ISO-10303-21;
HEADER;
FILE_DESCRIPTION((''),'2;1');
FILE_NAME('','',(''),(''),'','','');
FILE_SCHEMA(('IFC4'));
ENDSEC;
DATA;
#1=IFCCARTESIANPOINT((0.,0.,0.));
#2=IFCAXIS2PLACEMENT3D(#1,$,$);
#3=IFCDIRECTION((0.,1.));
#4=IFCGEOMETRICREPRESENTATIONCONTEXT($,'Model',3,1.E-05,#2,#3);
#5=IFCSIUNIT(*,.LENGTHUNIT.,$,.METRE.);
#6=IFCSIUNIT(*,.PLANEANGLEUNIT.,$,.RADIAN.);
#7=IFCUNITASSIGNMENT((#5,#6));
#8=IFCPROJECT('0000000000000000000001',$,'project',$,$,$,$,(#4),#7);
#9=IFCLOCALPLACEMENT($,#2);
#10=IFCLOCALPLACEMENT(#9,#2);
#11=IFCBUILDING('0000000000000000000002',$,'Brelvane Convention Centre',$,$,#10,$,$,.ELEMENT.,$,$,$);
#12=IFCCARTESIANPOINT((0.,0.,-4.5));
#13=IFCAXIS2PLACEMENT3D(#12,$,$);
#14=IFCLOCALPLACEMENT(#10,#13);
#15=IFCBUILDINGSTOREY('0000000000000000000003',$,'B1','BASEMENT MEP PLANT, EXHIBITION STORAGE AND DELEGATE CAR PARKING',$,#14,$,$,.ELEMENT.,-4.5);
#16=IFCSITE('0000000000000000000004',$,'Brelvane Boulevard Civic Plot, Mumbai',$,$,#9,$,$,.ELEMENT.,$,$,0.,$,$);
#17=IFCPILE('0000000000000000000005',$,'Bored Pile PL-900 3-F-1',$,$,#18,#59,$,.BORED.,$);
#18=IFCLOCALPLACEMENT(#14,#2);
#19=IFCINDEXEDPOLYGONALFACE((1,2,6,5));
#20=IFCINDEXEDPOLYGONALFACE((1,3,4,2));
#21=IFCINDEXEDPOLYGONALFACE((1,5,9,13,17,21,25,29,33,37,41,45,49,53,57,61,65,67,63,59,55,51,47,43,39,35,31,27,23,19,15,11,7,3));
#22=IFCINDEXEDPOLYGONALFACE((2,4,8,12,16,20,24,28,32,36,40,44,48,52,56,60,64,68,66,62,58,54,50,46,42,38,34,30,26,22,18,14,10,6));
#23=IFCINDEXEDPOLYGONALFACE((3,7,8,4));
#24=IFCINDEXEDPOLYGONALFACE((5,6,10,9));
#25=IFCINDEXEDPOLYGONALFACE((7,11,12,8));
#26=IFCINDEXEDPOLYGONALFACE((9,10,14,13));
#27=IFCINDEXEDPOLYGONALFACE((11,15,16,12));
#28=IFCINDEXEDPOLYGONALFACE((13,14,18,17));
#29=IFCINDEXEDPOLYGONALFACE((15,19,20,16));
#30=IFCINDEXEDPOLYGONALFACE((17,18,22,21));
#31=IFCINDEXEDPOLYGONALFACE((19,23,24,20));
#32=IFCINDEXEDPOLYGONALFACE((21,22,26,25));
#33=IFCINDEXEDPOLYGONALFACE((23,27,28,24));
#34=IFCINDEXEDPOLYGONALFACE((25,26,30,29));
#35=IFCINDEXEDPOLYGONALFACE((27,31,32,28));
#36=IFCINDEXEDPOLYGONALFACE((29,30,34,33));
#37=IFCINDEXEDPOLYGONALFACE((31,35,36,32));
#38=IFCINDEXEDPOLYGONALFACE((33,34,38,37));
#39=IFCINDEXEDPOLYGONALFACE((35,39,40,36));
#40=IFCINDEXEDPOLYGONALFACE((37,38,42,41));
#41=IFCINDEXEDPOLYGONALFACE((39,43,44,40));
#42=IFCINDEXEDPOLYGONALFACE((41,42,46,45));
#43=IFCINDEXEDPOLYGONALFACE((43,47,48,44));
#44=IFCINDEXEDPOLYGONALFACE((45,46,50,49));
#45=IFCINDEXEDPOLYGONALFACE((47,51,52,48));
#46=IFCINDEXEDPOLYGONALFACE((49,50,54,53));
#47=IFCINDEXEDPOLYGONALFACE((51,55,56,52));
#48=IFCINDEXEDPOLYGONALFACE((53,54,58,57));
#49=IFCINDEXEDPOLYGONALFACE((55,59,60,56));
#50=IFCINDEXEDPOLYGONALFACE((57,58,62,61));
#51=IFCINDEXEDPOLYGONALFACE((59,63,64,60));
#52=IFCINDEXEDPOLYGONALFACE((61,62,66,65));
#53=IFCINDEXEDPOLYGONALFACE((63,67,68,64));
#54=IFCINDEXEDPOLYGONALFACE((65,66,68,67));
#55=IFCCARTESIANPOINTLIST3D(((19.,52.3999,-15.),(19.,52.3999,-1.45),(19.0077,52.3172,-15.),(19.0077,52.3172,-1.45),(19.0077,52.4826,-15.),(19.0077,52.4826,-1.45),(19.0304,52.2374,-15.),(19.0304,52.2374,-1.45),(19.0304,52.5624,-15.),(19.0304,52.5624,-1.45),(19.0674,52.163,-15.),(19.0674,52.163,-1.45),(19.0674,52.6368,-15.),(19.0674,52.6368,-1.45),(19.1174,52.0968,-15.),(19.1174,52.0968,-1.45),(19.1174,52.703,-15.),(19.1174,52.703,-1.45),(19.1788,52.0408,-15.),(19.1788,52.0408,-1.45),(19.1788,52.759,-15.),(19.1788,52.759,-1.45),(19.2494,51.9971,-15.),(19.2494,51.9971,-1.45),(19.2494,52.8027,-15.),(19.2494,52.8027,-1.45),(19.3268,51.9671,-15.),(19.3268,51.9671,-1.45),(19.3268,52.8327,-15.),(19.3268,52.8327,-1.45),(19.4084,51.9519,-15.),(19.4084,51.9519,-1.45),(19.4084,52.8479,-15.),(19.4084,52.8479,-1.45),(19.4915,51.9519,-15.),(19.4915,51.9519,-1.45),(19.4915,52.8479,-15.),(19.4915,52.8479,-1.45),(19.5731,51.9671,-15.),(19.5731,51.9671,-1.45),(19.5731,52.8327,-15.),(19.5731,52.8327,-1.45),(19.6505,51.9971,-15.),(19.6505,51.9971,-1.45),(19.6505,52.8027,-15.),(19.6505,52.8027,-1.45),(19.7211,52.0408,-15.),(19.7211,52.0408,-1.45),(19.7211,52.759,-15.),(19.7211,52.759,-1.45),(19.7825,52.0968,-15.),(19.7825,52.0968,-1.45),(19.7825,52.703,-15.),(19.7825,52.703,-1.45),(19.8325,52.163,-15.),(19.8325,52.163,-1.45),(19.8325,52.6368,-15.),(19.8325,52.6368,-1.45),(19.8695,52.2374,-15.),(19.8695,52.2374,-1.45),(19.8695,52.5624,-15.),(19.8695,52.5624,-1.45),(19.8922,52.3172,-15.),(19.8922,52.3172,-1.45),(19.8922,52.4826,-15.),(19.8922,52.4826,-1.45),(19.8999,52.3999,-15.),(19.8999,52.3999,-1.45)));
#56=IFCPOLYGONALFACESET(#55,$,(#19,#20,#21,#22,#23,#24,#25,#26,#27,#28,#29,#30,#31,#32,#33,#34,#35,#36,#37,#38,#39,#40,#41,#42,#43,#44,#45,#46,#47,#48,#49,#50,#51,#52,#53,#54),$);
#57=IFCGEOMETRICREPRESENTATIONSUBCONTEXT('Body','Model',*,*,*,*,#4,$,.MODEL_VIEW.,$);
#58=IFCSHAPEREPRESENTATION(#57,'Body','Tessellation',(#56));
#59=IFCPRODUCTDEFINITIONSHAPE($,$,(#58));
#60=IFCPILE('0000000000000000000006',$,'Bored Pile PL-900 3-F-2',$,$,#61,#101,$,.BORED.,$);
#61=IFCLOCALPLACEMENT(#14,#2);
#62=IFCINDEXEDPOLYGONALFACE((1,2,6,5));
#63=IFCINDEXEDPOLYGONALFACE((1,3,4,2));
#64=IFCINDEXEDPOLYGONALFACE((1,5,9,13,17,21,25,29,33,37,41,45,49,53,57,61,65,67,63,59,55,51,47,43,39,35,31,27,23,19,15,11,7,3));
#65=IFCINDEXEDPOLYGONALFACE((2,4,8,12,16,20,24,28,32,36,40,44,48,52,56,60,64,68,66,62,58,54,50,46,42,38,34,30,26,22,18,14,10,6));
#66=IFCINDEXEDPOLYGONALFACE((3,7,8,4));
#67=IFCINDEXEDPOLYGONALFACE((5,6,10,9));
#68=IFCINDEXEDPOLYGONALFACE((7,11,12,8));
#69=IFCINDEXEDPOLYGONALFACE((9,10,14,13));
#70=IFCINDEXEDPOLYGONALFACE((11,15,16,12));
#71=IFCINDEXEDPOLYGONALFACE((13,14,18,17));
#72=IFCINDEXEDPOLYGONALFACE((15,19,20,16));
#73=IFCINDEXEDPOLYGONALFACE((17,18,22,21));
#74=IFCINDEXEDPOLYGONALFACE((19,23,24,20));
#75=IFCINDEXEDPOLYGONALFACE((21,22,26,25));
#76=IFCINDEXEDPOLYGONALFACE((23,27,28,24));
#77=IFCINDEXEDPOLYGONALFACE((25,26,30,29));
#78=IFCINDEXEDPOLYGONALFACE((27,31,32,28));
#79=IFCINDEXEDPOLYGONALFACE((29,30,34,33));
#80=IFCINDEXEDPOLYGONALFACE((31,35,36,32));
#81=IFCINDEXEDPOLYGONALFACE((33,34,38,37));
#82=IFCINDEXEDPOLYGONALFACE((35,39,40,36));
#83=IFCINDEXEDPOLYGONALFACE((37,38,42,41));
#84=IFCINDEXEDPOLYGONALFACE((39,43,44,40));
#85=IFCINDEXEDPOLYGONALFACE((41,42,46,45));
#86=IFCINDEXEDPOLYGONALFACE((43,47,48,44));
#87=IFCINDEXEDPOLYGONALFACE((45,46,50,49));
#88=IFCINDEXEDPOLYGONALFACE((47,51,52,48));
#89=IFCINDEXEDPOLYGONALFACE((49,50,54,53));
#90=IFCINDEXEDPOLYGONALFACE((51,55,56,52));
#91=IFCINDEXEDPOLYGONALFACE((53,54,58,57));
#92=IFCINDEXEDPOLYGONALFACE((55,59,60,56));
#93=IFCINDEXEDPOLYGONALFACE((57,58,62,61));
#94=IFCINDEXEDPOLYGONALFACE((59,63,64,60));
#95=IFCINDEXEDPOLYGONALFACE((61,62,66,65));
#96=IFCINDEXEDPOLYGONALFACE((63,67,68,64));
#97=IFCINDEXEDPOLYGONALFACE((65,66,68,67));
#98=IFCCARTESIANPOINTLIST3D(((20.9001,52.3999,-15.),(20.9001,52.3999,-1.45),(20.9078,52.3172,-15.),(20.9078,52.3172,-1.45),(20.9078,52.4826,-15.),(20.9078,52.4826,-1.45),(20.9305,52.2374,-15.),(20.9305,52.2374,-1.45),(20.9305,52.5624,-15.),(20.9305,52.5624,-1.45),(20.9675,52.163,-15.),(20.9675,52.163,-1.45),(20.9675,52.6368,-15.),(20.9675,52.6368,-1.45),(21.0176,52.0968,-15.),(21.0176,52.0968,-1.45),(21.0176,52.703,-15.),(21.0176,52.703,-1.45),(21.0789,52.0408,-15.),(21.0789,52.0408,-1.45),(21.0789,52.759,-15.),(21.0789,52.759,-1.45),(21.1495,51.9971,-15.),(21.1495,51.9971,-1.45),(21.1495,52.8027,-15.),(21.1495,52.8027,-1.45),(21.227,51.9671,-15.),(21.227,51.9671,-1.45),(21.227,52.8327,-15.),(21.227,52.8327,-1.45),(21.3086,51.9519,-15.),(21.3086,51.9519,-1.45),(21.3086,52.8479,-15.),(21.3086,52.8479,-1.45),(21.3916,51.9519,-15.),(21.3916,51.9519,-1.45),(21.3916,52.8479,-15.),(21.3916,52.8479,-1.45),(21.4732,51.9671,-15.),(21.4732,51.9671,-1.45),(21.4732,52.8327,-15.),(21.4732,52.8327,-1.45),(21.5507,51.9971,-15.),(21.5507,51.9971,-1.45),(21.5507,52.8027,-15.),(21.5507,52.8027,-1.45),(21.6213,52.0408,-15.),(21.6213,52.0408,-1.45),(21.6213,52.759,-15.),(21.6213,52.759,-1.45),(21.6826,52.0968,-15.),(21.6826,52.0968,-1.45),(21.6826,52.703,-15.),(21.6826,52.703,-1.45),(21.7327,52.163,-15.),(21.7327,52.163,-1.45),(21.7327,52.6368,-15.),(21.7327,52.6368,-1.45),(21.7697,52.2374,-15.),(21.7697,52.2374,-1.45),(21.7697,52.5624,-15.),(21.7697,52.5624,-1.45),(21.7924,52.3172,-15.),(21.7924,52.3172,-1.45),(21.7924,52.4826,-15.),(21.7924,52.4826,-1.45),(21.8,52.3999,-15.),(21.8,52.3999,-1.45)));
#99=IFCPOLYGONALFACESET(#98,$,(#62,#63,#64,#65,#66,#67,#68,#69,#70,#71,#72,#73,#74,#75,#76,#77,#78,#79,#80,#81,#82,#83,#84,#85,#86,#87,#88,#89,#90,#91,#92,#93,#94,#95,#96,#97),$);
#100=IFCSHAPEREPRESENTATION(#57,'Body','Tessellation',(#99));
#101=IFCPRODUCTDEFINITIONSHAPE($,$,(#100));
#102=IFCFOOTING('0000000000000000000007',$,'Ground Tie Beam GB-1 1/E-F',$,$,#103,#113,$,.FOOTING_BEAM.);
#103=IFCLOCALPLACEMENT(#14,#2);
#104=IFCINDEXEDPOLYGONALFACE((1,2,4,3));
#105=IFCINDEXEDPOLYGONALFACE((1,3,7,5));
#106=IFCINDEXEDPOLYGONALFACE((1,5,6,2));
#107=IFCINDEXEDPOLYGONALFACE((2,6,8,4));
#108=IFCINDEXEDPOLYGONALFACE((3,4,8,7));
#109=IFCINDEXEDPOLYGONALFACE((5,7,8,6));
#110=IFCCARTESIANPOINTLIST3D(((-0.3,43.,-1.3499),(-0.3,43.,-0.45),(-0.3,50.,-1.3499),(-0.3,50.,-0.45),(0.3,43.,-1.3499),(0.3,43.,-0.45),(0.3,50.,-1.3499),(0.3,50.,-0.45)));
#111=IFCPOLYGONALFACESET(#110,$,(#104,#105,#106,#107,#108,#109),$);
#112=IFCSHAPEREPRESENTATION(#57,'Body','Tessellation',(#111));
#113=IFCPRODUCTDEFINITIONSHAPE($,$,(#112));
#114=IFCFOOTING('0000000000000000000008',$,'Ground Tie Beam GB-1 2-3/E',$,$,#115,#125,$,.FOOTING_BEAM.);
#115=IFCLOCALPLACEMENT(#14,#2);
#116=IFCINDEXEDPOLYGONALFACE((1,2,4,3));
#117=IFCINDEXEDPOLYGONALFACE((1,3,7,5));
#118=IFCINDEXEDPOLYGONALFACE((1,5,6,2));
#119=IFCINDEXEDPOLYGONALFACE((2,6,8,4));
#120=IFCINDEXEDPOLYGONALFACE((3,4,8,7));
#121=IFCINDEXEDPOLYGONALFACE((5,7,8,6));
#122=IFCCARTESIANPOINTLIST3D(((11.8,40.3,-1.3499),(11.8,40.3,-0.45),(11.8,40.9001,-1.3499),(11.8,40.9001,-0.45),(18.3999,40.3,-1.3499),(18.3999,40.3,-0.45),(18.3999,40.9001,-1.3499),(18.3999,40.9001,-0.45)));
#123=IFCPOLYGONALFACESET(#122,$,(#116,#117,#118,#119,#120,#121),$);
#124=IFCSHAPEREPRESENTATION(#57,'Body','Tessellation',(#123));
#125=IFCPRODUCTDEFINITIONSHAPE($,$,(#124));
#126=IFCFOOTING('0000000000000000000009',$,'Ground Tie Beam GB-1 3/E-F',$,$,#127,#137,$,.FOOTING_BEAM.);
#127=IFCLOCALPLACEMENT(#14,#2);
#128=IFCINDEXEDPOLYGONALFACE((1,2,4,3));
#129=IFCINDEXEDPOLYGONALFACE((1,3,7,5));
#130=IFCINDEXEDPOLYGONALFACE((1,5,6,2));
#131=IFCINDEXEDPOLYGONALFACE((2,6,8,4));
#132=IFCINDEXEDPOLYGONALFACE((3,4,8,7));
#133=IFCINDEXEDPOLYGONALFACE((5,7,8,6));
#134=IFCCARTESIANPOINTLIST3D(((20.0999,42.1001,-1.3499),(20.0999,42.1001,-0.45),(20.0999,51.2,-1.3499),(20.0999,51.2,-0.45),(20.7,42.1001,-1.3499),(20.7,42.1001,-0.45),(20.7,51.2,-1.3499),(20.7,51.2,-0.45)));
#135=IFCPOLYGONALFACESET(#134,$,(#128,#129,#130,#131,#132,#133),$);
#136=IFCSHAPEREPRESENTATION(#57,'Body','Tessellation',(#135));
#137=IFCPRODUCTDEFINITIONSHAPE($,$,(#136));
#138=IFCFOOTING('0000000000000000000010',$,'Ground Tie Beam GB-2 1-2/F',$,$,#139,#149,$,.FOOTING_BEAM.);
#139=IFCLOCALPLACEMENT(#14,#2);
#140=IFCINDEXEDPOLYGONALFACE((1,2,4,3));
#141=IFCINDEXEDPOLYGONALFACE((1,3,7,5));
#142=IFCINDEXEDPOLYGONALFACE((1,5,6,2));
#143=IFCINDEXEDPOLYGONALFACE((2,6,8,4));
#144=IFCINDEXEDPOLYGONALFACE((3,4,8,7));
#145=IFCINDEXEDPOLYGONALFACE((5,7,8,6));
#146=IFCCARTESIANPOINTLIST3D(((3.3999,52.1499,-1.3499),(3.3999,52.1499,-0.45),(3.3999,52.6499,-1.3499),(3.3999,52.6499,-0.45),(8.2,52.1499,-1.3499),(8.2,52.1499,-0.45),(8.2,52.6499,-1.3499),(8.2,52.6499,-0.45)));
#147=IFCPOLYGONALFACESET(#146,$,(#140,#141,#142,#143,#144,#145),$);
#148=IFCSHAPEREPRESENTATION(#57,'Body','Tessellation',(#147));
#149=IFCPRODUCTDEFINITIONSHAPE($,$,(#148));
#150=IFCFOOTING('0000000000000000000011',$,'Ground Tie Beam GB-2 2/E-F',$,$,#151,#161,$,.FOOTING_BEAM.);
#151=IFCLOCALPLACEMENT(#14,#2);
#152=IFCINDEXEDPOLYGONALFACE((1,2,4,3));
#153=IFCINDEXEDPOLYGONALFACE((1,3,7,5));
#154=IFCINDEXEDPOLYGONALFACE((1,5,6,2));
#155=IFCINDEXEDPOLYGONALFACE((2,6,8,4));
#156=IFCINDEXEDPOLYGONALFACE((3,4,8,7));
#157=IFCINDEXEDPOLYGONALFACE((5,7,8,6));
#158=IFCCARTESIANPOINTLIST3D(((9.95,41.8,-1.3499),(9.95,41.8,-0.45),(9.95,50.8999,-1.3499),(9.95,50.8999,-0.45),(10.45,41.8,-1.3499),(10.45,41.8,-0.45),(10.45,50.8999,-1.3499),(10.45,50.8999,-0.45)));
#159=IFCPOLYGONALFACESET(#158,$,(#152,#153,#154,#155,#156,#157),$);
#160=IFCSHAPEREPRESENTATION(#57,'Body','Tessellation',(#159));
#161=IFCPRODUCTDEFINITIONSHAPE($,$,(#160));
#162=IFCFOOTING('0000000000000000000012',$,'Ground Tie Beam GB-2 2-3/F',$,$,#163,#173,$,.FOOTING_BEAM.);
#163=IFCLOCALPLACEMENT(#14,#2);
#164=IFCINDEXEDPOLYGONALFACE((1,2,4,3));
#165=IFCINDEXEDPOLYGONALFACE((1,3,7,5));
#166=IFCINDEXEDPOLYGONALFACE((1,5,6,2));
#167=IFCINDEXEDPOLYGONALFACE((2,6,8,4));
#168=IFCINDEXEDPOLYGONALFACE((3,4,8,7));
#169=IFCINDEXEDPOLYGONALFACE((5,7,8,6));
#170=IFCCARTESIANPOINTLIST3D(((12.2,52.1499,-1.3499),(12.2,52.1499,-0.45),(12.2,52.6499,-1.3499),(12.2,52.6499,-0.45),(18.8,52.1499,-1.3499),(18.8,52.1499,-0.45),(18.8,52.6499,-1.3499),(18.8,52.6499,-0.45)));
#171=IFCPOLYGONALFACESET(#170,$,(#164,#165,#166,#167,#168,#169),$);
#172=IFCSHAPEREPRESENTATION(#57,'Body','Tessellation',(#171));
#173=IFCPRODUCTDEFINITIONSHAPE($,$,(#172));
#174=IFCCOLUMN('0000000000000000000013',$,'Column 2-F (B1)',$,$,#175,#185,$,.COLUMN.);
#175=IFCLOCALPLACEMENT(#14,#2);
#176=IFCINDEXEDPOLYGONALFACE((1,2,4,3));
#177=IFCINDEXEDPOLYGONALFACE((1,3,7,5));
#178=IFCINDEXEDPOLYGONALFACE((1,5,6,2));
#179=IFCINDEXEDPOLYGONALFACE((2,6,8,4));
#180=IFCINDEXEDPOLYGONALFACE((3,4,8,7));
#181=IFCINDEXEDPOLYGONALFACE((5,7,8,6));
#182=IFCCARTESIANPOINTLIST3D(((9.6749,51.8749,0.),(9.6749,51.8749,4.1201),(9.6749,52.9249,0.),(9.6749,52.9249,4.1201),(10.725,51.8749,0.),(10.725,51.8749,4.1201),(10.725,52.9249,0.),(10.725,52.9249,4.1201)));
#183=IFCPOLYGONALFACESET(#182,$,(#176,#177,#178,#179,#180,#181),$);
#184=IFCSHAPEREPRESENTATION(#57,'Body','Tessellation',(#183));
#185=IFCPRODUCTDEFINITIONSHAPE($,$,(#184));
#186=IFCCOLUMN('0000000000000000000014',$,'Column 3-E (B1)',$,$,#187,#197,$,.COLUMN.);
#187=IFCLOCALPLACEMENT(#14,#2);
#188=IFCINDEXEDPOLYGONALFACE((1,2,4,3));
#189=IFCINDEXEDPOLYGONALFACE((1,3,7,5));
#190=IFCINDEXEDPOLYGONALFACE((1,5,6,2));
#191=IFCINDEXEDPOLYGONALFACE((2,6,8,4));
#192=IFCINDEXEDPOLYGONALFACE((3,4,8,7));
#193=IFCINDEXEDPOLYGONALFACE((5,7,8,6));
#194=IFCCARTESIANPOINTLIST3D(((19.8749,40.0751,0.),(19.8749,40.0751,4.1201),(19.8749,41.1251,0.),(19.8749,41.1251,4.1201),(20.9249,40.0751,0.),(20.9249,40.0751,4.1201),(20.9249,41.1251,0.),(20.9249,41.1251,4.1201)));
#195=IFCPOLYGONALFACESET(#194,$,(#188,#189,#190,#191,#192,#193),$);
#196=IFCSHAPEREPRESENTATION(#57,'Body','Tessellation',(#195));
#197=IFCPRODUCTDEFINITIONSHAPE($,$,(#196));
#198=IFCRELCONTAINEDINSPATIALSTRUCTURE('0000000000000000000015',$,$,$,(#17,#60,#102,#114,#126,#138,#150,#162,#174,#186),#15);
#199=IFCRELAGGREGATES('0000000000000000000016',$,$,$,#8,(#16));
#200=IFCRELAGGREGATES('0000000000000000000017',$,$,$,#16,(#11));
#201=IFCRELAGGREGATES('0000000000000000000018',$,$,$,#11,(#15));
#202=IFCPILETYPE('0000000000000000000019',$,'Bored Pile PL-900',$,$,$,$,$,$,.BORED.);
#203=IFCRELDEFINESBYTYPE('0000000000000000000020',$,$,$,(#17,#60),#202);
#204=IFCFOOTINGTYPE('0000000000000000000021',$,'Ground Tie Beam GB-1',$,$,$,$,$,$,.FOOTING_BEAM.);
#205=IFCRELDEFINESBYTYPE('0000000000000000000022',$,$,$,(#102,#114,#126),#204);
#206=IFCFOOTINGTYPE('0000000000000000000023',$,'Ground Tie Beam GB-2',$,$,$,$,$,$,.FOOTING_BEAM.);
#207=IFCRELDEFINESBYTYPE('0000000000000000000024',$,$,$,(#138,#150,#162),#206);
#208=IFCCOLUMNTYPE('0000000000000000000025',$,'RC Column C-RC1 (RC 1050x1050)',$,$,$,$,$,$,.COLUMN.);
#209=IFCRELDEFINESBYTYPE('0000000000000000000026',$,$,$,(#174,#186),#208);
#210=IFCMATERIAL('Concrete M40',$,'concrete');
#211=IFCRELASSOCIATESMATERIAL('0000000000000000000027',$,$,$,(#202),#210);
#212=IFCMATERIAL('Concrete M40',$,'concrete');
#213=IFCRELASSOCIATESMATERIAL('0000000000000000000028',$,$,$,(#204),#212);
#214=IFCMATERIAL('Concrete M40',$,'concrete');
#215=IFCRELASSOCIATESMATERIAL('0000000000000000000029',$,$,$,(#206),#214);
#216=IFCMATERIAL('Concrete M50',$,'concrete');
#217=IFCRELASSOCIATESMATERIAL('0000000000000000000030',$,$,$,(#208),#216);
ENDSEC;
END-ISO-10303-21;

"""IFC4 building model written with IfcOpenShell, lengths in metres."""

from ifc_helpers import new_model, si_unit, direction, frame, origin, origin_2d, place, context, subcontext, project, spatial, rectangle, circle, extrude, material, material_profile, profile_set, type_object, element, save


model = new_model("IFC4")

# Units and contexts
model_context = context("Model", 3, precision=1e-05, world=origin(), true_north=direction((0.0, 1.0)))
body_context = subcontext(model_context, "Body", "Model", "MODEL_VIEW")
ifc_project = project(units=[si_unit("LENGTHUNIT", "METRE"), si_unit("PLANEANGLEUNIT", "RADIAN")], contexts=[model_context])

# Site, building, storey
site_placement = place(None, origin())
site = spatial("IfcSite", under=ifc_project, at=site_placement, Name="Brelvane Boulevard Civic Plot, Mumbai", CompositionType="ELEMENT", RefElevation=0.0)
building_placement = place(site_placement, origin())
building = spatial("IfcBuilding", under=site, at=building_placement, Name="Brelvane Convention Centre", CompositionType="ELEMENT")
storey_placement = place(building_placement, frame((0.0, 0.0, -4.5)))
storey = spatial("IfcBuildingStorey", under=building, at=storey_placement, Name="B1", Description="BASEMENT MEP PLANT, EXHIBITION STORAGE AND DELEGATE CAR PARKING", CompositionType="ELEMENT", Elevation=-4.5)

# Piles
ifc_material_1 = material(Name="Concrete M40", Category="concrete")
ifc_material_profile_1 = material_profile(ifc_material_1, circle(Radius=0.45, at=origin_2d()), Name="PILE D900")
ifc_profile_set_1 = profile_set([ifc_material_profile_1], Name="Concrete M40")
pile_type_1 = type_object("IfcPileType", Name="Bored Pile PL-900", PredefinedType="BORED", material=ifc_profile_set_1)
for number, where, z_axis, x_axis, name in (
    (1, (19.45, 52.3999, -1.45), (0.0, 0.0, -1.0), (1.0, 0.0, 0.0), "Bored Pile PL-900 3-F-1"),
    (2, (21.3501, 52.3999, -1.45), (0.0, 0.0, -1.0), (1.0, 0.0, 0.0), "Bored Pile PL-900 3-F-2"),
):
    element("IfcPile", number, at=place(storey_placement, frame(where, z_axis=z_axis, x_axis=x_axis)), inside=storey, type_object=pile_type_1, Name=name, PredefinedType="BORED", context=body_context, shape_type="SweptSolid", body=[
        extrude(circle(Radius=0.45, at=origin_2d()), origin(), (0.0, 0.0, 1.0), 13.55),
    ])

# Footings
ifc_material_2 = material(Name="Concrete M40", Category="concrete")
ifc_material_profile_2 = material_profile(ifc_material_2, rectangle(XDim=0.6001, YDim=0.8999, at=origin_2d()), Name="RC 600x900")
ifc_profile_set_2 = profile_set([ifc_material_profile_2], Name="Concrete M40")
footing_type_1 = type_object("IfcFootingType", Name="Ground Tie Beam GB-1", PredefinedType="FOOTING_BEAM", material=ifc_profile_set_2)
footing_1_placement = place(storey_placement, frame((0.0, 43.0, -0.8999), z_axis=(0.0, 1.0, 0.0), x_axis=(-1.0, 0.0, 0.0)))
element("IfcFooting", 3, at=footing_1_placement, inside=storey, type_object=footing_type_1, Name="Ground Tie Beam GB-1 1/E-F", PredefinedType="FOOTING_BEAM", context=body_context, shape_type="SweptSolid", body=[
    extrude(rectangle(XDim=0.6001, YDim=0.8999, at=origin_2d()), origin(), (0.0, 0.0, 1.0), 7.0),
])
footing_2_placement = place(storey_placement, frame((11.8, 40.6001, -0.8999), z_axis=(1.0, 0.0, 0.0), x_axis=(0.0, 1.0, 0.0)))
element("IfcFooting", 4, at=footing_2_placement, inside=storey, type_object=footing_type_1, Name="Ground Tie Beam GB-1 2-3/E", PredefinedType="FOOTING_BEAM", context=body_context, shape_type="SweptSolid", body=[
    extrude(rectangle(XDim=0.6001, YDim=0.8999, at=origin_2d()), origin(), (0.0, 0.0, 1.0), 6.5999),
])
footing_3_placement = place(storey_placement, frame((20.3999, 42.1001, -0.8999), z_axis=(0.0, 1.0, 0.0), x_axis=(-1.0, 0.0, 0.0)))
element("IfcFooting", 5, at=footing_3_placement, inside=storey, type_object=footing_type_1, Name="Ground Tie Beam GB-1 3/E-F", PredefinedType="FOOTING_BEAM", context=body_context, shape_type="SweptSolid", body=[
    extrude(rectangle(XDim=0.6001, YDim=0.8999, at=origin_2d()), origin(), (0.0, 0.0, 1.0), 9.0999),
])
ifc_material_3 = material(Name="Concrete M40", Category="concrete")
ifc_material_profile_3 = material_profile(ifc_material_3, rectangle(XDim=0.5, YDim=0.8999, at=origin_2d()), Name="RC 500x900")
ifc_profile_set_3 = profile_set([ifc_material_profile_3], Name="Concrete M40")
footing_type_2 = type_object("IfcFootingType", Name="Ground Tie Beam GB-2", PredefinedType="FOOTING_BEAM", material=ifc_profile_set_3)
footing_4_placement = place(storey_placement, frame((3.3999, 52.3999, -0.8999), z_axis=(1.0, 0.0, 0.0), x_axis=(0.0, 1.0, 0.0)))
element("IfcFooting", 6, at=footing_4_placement, inside=storey, type_object=footing_type_2, Name="Ground Tie Beam GB-2 1-2/F", PredefinedType="FOOTING_BEAM", context=body_context, shape_type="SweptSolid", body=[
    extrude(rectangle(XDim=0.5, YDim=0.8999, at=origin_2d()), origin(), (0.0, 0.0, 1.0), 4.8),
])
footing_5_placement = place(storey_placement, frame((10.2, 41.8, -0.8999), z_axis=(0.0, 1.0, 0.0), x_axis=(-1.0, 0.0, 0.0)))
element("IfcFooting", 7, at=footing_5_placement, inside=storey, type_object=footing_type_2, Name="Ground Tie Beam GB-2 2/E-F", PredefinedType="FOOTING_BEAM", context=body_context, shape_type="SweptSolid", body=[
    extrude(rectangle(XDim=0.5, YDim=0.8999, at=origin_2d()), origin(), (0.0, 0.0, 1.0), 9.0999),
])
footing_6_placement = place(storey_placement, frame((12.2, 52.3999, -0.8999), z_axis=(1.0, 0.0, 0.0), x_axis=(0.0, 1.0, 0.0)))
element("IfcFooting", 8, at=footing_6_placement, inside=storey, type_object=footing_type_2, Name="Ground Tie Beam GB-2 2-3/F", PredefinedType="FOOTING_BEAM", context=body_context, shape_type="SweptSolid", body=[
    extrude(rectangle(XDim=0.5, YDim=0.8999, at=origin_2d()), origin(), (0.0, 0.0, 1.0), 6.6001),
])

# Columns
ifc_material_4 = material(Name="Concrete M50", Category="concrete")
ifc_material_profile_4 = material_profile(ifc_material_4, rectangle(XDim=1.05, YDim=1.05, at=origin_2d()), Name="RC 1050x1050")
ifc_profile_set_4 = profile_set([ifc_material_profile_4], Name="Concrete M50")
column_type_1 = type_object("IfcColumnType", Name="RC Column C-RC1 (RC 1050x1050)", PredefinedType="COLUMN", material=ifc_profile_set_4)
for number, where, z_axis, x_axis, name in (
    (9, (10.2, 52.3999, 0.0), (0.0, 0.0, 1.0), (1.0, 0.0, 0.0), "Column 2-F (B1)"),
    (10, (20.3999, 40.6001, 0.0), (0.0, 0.0, 1.0), (1.0, 0.0, 0.0), "Column 3-E (B1)"),
):
    element("IfcColumn", number, at=place(storey_placement, frame(where, z_axis=z_axis, x_axis=x_axis)), inside=storey, type_object=column_type_1, Name=name, PredefinedType="COLUMN", context=body_context, shape_type="SweptSolid", body=[
        extrude(rectangle(XDim=1.05, YDim=1.05, at=origin_2d()), origin(), (0.0, 0.0, 1.0), 4.1201),
    ])

save(model, "model.ifc")
